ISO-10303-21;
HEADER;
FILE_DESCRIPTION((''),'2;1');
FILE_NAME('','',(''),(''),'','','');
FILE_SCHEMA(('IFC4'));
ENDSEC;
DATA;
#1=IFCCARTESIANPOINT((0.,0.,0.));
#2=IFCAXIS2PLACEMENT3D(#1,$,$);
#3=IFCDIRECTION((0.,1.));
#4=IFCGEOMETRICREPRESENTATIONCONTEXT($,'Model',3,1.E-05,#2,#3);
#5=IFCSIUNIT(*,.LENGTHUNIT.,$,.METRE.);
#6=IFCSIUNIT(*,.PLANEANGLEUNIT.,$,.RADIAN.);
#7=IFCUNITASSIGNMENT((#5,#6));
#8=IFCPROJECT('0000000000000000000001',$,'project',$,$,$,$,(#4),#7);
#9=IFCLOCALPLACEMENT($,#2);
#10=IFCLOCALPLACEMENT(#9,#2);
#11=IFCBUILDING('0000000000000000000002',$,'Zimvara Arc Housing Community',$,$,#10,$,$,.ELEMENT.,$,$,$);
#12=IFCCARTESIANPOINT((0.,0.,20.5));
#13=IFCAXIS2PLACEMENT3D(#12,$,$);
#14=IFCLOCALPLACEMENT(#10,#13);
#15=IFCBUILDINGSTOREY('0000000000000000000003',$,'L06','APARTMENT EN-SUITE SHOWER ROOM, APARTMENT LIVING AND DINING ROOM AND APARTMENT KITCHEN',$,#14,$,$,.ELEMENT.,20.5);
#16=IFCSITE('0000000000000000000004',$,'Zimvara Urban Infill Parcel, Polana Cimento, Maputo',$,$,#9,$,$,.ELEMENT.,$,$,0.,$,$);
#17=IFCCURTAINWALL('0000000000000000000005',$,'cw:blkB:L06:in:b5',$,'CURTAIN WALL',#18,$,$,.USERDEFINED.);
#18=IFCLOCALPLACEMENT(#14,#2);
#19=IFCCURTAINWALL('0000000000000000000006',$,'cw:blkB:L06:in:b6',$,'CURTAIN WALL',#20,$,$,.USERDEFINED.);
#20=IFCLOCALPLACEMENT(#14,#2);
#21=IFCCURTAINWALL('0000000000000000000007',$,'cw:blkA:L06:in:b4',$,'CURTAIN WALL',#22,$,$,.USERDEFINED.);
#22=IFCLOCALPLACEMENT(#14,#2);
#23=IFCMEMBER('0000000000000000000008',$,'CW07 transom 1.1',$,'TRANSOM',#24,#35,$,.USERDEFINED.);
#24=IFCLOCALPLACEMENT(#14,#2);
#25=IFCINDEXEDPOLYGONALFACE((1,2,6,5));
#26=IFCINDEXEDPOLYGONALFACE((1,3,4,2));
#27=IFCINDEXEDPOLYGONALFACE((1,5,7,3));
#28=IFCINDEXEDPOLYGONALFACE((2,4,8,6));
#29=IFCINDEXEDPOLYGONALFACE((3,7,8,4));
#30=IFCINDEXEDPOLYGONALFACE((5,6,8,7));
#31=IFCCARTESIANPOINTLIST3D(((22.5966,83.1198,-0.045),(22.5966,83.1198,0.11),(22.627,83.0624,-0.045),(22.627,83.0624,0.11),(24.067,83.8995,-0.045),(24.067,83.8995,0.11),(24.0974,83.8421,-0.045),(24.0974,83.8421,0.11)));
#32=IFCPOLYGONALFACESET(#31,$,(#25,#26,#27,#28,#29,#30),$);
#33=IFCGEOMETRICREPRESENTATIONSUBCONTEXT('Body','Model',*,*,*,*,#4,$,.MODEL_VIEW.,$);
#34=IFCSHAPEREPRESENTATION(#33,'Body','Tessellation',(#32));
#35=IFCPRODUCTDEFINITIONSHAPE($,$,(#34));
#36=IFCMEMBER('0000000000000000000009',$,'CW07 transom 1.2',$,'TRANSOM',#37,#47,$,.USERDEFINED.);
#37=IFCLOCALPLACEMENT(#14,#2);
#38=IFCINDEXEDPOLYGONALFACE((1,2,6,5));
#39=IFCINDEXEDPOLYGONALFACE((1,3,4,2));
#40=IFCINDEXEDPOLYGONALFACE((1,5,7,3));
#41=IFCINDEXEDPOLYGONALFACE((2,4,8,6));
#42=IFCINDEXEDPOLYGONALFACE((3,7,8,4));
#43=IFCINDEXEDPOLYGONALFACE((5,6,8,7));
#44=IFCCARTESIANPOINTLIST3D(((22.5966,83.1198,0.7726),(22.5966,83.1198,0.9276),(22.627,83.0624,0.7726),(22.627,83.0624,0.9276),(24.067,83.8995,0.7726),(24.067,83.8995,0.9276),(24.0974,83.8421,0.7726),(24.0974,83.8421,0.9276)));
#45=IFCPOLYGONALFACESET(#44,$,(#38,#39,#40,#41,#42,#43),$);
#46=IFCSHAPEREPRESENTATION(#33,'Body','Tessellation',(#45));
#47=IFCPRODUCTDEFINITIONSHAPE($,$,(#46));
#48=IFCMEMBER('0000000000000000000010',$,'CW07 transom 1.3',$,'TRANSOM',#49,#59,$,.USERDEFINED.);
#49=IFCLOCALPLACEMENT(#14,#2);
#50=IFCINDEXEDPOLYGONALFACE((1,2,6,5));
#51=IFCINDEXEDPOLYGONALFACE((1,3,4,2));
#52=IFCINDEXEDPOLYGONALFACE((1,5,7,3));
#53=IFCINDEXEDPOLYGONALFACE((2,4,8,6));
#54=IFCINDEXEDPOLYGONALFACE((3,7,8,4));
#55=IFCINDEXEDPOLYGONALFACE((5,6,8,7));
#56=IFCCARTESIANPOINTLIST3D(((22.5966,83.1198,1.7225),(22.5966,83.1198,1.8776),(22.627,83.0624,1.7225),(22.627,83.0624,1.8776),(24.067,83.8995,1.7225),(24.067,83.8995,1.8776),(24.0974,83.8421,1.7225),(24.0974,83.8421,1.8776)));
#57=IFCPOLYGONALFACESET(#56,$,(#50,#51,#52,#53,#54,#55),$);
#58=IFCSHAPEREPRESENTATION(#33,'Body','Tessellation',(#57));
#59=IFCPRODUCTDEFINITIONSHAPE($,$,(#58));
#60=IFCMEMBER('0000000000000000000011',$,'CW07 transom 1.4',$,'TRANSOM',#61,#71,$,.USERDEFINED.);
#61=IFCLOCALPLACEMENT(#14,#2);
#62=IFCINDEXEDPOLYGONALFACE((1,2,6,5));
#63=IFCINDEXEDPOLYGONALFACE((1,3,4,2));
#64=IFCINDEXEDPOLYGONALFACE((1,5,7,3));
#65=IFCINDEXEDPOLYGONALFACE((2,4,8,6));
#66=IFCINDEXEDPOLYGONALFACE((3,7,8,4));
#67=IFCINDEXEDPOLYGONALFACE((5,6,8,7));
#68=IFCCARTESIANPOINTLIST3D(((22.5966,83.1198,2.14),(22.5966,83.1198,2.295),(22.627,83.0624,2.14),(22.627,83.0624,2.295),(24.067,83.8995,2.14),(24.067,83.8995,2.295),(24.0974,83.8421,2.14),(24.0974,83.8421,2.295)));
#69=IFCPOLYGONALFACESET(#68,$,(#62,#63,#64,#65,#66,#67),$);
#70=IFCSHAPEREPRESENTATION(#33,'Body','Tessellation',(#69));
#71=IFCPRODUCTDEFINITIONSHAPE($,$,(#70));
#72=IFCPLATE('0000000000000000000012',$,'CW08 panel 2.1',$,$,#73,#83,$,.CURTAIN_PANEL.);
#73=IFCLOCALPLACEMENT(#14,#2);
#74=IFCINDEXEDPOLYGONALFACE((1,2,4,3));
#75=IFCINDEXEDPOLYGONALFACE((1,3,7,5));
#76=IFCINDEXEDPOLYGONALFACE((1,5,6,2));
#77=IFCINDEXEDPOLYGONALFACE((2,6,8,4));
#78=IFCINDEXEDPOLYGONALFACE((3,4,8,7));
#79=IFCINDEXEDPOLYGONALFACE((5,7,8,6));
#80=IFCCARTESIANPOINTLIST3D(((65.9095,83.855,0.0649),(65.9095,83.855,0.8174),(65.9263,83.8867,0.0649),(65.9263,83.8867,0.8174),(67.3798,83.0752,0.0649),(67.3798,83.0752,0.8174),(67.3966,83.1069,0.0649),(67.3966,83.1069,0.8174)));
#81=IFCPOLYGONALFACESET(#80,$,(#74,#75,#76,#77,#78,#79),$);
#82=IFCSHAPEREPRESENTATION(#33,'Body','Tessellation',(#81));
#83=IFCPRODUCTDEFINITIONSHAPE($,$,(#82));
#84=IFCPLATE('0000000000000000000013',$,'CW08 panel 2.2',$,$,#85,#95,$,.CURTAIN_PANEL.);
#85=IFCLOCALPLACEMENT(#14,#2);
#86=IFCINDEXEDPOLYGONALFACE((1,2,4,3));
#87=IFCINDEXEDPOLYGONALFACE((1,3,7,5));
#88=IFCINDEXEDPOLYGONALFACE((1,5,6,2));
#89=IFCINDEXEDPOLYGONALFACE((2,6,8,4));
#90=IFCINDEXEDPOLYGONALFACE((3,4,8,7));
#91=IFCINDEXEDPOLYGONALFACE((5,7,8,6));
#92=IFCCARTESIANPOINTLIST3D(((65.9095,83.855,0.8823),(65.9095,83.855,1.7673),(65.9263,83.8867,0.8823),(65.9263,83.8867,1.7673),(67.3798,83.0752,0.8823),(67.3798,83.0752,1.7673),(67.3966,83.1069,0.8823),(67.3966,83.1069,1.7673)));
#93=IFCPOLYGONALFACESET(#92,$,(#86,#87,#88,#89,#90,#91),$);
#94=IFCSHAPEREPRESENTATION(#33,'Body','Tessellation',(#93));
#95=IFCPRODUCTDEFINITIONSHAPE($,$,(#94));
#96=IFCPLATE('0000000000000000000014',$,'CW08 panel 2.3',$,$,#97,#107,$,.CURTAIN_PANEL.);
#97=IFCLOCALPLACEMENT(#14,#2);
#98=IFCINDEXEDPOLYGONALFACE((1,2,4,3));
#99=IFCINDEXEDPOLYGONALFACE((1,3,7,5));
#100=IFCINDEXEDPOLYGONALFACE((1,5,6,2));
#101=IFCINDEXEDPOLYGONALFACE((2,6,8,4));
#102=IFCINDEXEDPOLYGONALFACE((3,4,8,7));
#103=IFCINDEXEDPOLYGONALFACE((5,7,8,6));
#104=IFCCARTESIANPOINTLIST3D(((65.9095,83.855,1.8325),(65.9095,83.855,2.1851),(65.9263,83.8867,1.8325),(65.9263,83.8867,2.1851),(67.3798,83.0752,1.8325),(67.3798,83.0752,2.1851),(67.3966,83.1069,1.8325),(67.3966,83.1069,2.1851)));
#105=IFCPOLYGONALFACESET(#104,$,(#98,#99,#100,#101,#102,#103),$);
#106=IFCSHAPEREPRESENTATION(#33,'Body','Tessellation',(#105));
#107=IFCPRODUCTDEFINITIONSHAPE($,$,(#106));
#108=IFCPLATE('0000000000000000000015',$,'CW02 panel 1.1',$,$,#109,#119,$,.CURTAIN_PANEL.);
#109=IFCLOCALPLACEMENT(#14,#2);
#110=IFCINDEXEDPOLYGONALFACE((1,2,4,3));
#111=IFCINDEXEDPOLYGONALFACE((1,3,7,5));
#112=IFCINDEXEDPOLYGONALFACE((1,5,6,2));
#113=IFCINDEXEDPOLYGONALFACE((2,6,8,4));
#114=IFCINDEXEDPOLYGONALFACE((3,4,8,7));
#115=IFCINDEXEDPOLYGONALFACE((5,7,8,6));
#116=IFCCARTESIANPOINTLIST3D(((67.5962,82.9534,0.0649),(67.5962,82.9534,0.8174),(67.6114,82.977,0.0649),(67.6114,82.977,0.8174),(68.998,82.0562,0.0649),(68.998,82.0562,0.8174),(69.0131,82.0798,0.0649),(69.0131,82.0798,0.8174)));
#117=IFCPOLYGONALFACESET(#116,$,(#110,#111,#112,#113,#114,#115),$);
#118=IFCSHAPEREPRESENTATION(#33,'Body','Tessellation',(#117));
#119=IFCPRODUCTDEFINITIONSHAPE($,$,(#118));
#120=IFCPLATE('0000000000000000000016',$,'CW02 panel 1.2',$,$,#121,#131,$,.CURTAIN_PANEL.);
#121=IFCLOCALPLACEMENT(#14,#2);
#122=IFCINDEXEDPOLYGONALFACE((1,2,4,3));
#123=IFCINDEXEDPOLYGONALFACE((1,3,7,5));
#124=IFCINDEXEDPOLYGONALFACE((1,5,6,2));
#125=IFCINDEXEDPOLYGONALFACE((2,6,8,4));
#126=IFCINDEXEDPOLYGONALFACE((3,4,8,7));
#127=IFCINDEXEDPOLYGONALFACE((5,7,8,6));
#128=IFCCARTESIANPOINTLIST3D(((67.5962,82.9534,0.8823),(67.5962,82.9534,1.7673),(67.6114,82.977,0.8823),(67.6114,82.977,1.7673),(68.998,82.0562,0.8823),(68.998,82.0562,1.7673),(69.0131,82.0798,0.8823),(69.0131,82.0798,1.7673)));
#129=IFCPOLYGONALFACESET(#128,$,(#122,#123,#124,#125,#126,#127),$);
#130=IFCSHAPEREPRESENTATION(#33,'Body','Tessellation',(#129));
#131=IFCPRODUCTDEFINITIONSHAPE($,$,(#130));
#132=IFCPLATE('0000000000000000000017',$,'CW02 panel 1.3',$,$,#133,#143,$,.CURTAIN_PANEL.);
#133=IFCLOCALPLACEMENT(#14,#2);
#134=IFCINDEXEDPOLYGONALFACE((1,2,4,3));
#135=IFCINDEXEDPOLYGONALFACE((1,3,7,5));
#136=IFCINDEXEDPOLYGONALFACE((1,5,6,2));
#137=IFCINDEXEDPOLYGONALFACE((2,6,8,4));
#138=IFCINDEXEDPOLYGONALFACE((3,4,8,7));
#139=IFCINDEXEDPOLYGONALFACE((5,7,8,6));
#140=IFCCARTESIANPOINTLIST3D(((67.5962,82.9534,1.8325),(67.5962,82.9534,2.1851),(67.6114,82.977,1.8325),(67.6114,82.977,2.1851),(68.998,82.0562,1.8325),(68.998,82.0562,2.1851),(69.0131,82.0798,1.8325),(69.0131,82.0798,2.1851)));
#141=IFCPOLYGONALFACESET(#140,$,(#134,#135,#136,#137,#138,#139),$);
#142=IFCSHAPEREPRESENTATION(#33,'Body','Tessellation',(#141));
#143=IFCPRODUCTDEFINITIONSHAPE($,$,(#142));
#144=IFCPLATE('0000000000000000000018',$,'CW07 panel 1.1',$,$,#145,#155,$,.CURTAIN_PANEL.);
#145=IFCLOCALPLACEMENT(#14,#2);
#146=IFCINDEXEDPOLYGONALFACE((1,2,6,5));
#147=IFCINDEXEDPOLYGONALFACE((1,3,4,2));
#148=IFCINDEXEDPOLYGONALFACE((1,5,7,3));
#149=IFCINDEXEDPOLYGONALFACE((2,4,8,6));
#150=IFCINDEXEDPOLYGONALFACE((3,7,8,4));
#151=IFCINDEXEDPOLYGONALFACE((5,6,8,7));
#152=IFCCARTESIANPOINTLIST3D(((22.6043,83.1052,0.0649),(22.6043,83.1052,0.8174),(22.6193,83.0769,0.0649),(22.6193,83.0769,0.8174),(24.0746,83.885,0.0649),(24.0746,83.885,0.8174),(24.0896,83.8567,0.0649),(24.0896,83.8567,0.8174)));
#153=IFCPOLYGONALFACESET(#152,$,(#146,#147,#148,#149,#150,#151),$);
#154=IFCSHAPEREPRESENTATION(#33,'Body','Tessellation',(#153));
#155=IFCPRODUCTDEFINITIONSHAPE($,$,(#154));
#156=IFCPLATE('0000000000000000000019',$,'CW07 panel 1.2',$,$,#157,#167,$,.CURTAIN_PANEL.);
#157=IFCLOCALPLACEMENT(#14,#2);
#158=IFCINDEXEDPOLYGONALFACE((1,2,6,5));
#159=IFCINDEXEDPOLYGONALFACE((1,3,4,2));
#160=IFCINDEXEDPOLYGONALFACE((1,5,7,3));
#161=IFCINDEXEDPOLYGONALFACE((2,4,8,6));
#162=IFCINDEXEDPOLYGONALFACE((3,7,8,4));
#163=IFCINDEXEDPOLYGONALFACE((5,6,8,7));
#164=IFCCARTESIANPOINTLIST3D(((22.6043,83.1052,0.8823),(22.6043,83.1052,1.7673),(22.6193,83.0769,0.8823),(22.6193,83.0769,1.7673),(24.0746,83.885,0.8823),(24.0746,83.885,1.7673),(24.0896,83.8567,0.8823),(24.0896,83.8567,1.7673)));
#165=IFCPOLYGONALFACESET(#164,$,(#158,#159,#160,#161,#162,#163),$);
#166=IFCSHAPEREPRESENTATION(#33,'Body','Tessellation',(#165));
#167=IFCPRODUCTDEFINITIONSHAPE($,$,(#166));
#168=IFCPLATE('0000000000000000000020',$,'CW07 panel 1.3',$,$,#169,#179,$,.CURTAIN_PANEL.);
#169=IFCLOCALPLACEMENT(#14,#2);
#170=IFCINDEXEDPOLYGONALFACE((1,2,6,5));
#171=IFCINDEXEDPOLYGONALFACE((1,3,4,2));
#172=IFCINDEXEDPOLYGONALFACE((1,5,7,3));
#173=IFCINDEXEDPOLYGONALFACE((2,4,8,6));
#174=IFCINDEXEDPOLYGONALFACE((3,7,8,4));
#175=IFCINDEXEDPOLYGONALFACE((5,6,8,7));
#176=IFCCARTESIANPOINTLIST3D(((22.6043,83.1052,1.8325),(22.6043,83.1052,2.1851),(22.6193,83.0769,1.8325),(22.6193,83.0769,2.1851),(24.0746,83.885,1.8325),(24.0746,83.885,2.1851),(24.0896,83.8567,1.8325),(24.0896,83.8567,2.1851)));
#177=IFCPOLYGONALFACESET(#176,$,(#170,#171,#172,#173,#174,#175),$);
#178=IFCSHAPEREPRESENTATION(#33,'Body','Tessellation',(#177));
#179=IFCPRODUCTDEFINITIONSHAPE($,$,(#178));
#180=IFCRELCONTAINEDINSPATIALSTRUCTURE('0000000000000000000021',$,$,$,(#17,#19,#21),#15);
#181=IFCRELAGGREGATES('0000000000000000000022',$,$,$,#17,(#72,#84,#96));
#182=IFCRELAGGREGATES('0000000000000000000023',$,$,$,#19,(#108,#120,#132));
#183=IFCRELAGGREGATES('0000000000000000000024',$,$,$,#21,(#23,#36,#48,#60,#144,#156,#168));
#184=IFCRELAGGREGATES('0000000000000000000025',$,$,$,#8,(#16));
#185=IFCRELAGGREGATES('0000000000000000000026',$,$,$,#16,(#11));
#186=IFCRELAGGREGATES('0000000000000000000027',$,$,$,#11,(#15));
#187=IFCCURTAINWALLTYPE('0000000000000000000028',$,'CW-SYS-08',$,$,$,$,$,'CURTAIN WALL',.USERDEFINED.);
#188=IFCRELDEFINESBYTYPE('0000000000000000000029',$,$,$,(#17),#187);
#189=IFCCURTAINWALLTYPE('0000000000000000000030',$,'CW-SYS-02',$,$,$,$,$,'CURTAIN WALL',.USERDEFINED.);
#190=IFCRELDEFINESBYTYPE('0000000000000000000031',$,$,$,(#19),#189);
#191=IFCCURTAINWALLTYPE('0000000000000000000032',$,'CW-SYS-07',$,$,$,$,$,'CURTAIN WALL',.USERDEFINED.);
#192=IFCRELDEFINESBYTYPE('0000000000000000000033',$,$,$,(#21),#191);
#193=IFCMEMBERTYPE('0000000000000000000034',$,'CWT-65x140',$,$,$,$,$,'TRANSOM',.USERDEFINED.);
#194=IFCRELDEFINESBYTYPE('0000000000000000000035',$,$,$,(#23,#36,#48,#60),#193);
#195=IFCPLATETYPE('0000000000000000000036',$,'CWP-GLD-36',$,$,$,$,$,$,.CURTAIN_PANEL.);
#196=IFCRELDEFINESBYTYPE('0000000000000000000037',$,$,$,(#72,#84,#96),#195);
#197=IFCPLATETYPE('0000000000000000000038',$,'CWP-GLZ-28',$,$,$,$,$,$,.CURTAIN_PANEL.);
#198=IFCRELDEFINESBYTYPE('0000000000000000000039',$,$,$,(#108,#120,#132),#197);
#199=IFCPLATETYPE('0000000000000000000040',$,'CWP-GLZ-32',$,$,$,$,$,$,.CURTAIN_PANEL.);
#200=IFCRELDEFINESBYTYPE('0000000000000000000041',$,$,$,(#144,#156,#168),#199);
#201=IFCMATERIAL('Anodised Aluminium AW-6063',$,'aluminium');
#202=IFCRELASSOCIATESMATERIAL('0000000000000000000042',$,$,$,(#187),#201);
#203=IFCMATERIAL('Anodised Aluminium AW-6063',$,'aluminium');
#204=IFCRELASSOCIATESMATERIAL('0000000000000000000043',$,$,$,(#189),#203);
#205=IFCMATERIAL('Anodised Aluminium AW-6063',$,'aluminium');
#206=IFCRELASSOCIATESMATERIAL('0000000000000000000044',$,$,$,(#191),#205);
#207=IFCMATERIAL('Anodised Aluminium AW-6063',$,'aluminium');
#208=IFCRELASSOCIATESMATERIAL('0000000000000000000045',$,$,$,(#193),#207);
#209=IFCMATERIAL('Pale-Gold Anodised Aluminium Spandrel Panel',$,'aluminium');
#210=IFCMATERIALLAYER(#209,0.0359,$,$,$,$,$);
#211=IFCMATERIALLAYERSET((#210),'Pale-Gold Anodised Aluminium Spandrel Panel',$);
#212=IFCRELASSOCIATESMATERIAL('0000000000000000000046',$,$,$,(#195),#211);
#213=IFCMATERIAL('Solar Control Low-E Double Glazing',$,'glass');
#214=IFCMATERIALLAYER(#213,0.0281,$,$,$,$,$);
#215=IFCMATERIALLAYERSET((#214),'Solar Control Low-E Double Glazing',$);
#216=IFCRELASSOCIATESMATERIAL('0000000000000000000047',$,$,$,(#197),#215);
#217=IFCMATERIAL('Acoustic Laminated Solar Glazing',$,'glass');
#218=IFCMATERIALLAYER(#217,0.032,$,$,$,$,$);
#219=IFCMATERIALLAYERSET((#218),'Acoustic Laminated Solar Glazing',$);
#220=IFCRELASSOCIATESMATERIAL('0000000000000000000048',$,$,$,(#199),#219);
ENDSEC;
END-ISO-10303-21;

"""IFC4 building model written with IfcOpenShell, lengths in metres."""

from ifc_helpers import new_model, si_unit, direction, frame, origin, origin_2d, place, context, subcontext, project, spatial, rectangle, extrude, material, layer, layer_set, material_profile, profile_set, type_object, element, aggregate, save


model = new_model("IFC4")

# Units and contexts
model_context = context("Model", 3, precision=1e-05, world=origin(), true_north=direction((0.0, 1.0)))
body_context = subcontext(model_context, "Body", "Model", "MODEL_VIEW")
ifc_project = project(units=[si_unit("LENGTHUNIT", "METRE"), si_unit("PLANEANGLEUNIT", "RADIAN")], contexts=[model_context])

# Site, building, storey
site_placement = place(None, origin())
site = spatial("IfcSite", under=ifc_project, at=site_placement, Name="Zimvara Urban Infill Parcel, Polana Cimento, Maputo", CompositionType="ELEMENT", RefElevation=0.0)
building_placement = place(site_placement, origin())
building = spatial("IfcBuilding", under=site, at=building_placement, Name="Zimvara Arc Housing Community", CompositionType="ELEMENT")
storey_placement = place(building_placement, frame((0.0, 0.0, 20.5)))
storey = spatial("IfcBuildingStorey", under=building, at=storey_placement, Name="L06", Description="APARTMENT EN-SUITE SHOWER ROOM, APARTMENT LIVING AND DINING ROOM AND APARTMENT KITCHEN", CompositionType="ELEMENT", Elevation=20.5)

# Curtain wall
ifc_material_1 = material(Name="Anodised Aluminium AW-6063", Category="aluminium")
curtain_wall_type_1 = type_object("IfcCurtainWallType", Name="CW-SYS-08", ElementType="CURTAIN WALL", PredefinedType="USERDEFINED", material=ifc_material_1)
curtain_wall_1_placement = place(storey_placement, origin())
curtain_wall_1 = element("IfcCurtainWall", 1, at=curtain_wall_1_placement, inside=storey, type_object=curtain_wall_type_1, Name="cw:blkB:L06:in:b5", ObjectType="CURTAIN WALL", PredefinedType="USERDEFINED")

# Curtain wall
ifc_material_2 = material(Name="Anodised Aluminium AW-6063", Category="aluminium")
curtain_wall_type_2 = type_object("IfcCurtainWallType", Name="CW-SYS-02", ElementType="CURTAIN WALL", PredefinedType="USERDEFINED", material=ifc_material_2)
curtain_wall_2_placement = place(storey_placement, origin())
curtain_wall_2 = element("IfcCurtainWall", 2, at=curtain_wall_2_placement, inside=storey, type_object=curtain_wall_type_2, Name="cw:blkB:L06:in:b6", ObjectType="CURTAIN WALL", PredefinedType="USERDEFINED")

# Curtain wall
ifc_material_3 = material(Name="Anodised Aluminium AW-6063", Category="aluminium")
curtain_wall_type_3 = type_object("IfcCurtainWallType", Name="CW-SYS-07", ElementType="CURTAIN WALL", PredefinedType="USERDEFINED", material=ifc_material_3)
curtain_wall_3_placement = place(storey_placement, origin())
curtain_wall_3 = element("IfcCurtainWall", 3, at=curtain_wall_3_placement, inside=storey, type_object=curtain_wall_type_3, Name="cw:blkA:L06:in:b4", ObjectType="CURTAIN WALL", PredefinedType="USERDEFINED")

# Members
ifc_material_4 = material(Name="Anodised Aluminium AW-6063", Category="aluminium")
ifc_material_profile_1 = material_profile(ifc_material_4, rectangle(XDim=0.0649, YDim=0.155, at=origin_2d()), Name="ALU 65x155")
ifc_profile_set_1 = profile_set([ifc_material_profile_1], Name="Anodised Aluminium AW-6063")
member_type_1 = type_object("IfcMemberType", Name="CWT-65x140", ElementType="TRANSOM", PredefinedType="USERDEFINED", material=ifc_profile_set_1)
member_1_placement = place(storey_placement, frame((22.6118, 83.0911, 0.0325), z_axis=(0.883463, 0.468501, 0.0), x_axis=(-0.468501, 0.883463, 0.0)))
member_1 = element("IfcMember", 4, at=member_1_placement, type_object=member_type_1, Name="CW07 transom 1.1", ObjectType="TRANSOM", PredefinedType="USERDEFINED", context=body_context, shape_type="SweptSolid", body=[
    extrude(rectangle(XDim=0.0649, YDim=0.155, at=origin_2d()), origin(), (0.0, 0.0, 1.0), 1.6643),
])
member_2_placement = place(storey_placement, frame((22.6118, 83.0911, 0.8501), z_axis=(0.883463, 0.468501, 0.0), x_axis=(-0.468501, 0.883463, 0.0)))
member_2 = element("IfcMember", 5, at=member_2_placement, type_object=member_type_1, Name="CW07 transom 1.2", ObjectType="TRANSOM", PredefinedType="USERDEFINED", context=body_context, shape_type="SweptSolid", body=[
    extrude(rectangle(XDim=0.0649, YDim=0.155, at=origin_2d()), origin(), (0.0, 0.0, 1.0), 1.6643),
])
member_3_placement = place(storey_placement, frame((22.6118, 83.0911, 1.8), z_axis=(0.883463, 0.468501, 0.0), x_axis=(-0.468501, 0.883463, 0.0)))
member_3 = element("IfcMember", 6, at=member_3_placement, type_object=member_type_1, Name="CW07 transom 1.3", ObjectType="TRANSOM", PredefinedType="USERDEFINED", context=body_context, shape_type="SweptSolid", body=[
    extrude(rectangle(XDim=0.0649, YDim=0.155, at=origin_2d()), origin(), (0.0, 0.0, 1.0), 1.6643),
])
member_4_placement = place(storey_placement, frame((22.6118, 83.0911, 2.2175), z_axis=(0.883463, 0.468501, 0.0), x_axis=(-0.468501, 0.883463, 0.0)))
member_4 = element("IfcMember", 7, at=member_4_placement, type_object=member_type_1, Name="CW07 transom 1.4", ObjectType="TRANSOM", PredefinedType="USERDEFINED", context=body_context, shape_type="SweptSolid", body=[
    extrude(rectangle(XDim=0.0649, YDim=0.155, at=origin_2d()), origin(), (0.0, 0.0, 1.0), 1.6643),
])

# Plates
ifc_material_5 = material(Name="Pale-Gold Anodised Aluminium Spandrel Panel", Category="aluminium")
ifc_layer_1 = layer(ifc_material_5, 0.0359)
ifc_layer_set_1 = layer_set([ifc_layer_1], Name="Pale-Gold Anodised Aluminium Spandrel Panel")
plate_type_1 = type_object("IfcPlateType", Name="CWP-GLD-36", PredefinedType="CURTAIN_PANEL", material=ifc_layer_set_1)
plate_1_placement = place(storey_placement, frame((66.6531, 83.481, 0.0649), z_axis=(0.0, 0.0, 1.0), x_axis=(0.88344, -0.468545, 0.0)))
plate_1 = element("IfcPlate", 8, at=plate_1_placement, type_object=plate_type_1, Name="CW08 panel 2.1", PredefinedType="CURTAIN_PANEL", context=body_context, shape_type="SweptSolid", body=[
    extrude(rectangle(XDim=1.6643, YDim=0.0359, at=origin_2d()), origin(), (0.0, 0.0, 1.0), 0.7524),
])
plate_2_placement = place(storey_placement, frame((66.6531, 83.481, 0.8823), z_axis=(0.0, 0.0, 1.0), x_axis=(0.88344, -0.468545, 0.0)))
plate_2 = element("IfcPlate", 9, at=plate_2_placement, type_object=plate_type_1, Name="CW08 panel 2.2", PredefinedType="CURTAIN_PANEL", context=body_context, shape_type="SweptSolid", body=[
    extrude(rectangle(XDim=1.6643, YDim=0.0359, at=origin_2d()), origin(), (0.0, 0.0, 1.0), 0.885),
])
plate_3_placement = place(storey_placement, frame((66.6531, 83.481, 1.8325), z_axis=(0.0, 0.0, 1.0), x_axis=(0.88344, -0.468545, 0.0)))
plate_3 = element("IfcPlate", 10, at=plate_3_placement, type_object=plate_type_1, Name="CW08 panel 2.3", PredefinedType="CURTAIN_PANEL", context=body_context, shape_type="SweptSolid", body=[
    extrude(rectangle(XDim=1.6643, YDim=0.0359, at=origin_2d()), origin(), (0.0, 0.0, 1.0), 0.3525),
])
aggregate(curtain_wall_1, [plate_1, plate_2, plate_3])
ifc_material_6 = material(Name="Solar Control Low-E Double Glazing", Category="glass")
ifc_layer_2 = layer(ifc_material_6, 0.0281)
ifc_layer_set_2 = layer_set([ifc_layer_2], Name="Solar Control Low-E Double Glazing")
plate_type_2 = type_object("IfcPlateType", Name="CWP-GLZ-28", PredefinedType="CURTAIN_PANEL", material=ifc_layer_set_2)
plate_4_placement = place(storey_placement, frame((68.3047, 82.5166, 0.0649), z_axis=(0.0, 0.0, 1.0), x_axis=(0.842265, -0.539064, 0.0)))
plate_4 = element("IfcPlate", 11, at=plate_4_placement, type_object=plate_type_2, Name="CW02 panel 1.1", PredefinedType="CURTAIN_PANEL", context=body_context, shape_type="SweptSolid", body=[
    extrude(rectangle(XDim=1.6643, YDim=0.0281, at=origin_2d()), origin(), (0.0, 0.0, 1.0), 0.7524),
])
plate_5_placement = place(storey_placement, frame((68.3047, 82.5166, 0.8823), z_axis=(0.0, 0.0, 1.0), x_axis=(0.842265, -0.539064, 0.0)))
plate_5 = element("IfcPlate", 12, at=plate_5_placement, type_object=plate_type_2, Name="CW02 panel 1.2", PredefinedType="CURTAIN_PANEL", context=body_context, shape_type="SweptSolid", body=[
    extrude(rectangle(XDim=1.6643, YDim=0.0281, at=origin_2d()), origin(), (0.0, 0.0, 1.0), 0.885),
])
plate_6_placement = place(storey_placement, frame((68.3047, 82.5166, 1.8325), z_axis=(0.0, 0.0, 1.0), x_axis=(0.842265, -0.539064, 0.0)))
plate_6 = element("IfcPlate", 13, at=plate_6_placement, type_object=plate_type_2, Name="CW02 panel 1.3", PredefinedType="CURTAIN_PANEL", context=body_context, shape_type="SweptSolid", body=[
    extrude(rectangle(XDim=1.6643, YDim=0.0281, at=origin_2d()), origin(), (0.0, 0.0, 1.0), 0.3525),
])
aggregate(curtain_wall_2, [plate_4, plate_5, plate_6])
ifc_material_7 = material(Name="Acoustic Laminated Solar Glazing", Category="glass")
ifc_layer_3 = layer(ifc_material_7, 0.032)
ifc_layer_set_3 = layer_set([ifc_layer_3], Name="Acoustic Laminated Solar Glazing")
plate_type_3 = type_object("IfcPlateType", Name="CWP-GLZ-32", PredefinedType="CURTAIN_PANEL", material=ifc_layer_set_3)
plate_7_placement = place(storey_placement, frame((23.3469, 83.481, 0.0649), z_axis=(0.0, 0.0, 1.0), x_axis=(0.88344, 0.468545, 0.0)))
plate_7 = element("IfcPlate", 14, at=plate_7_placement, type_object=plate_type_3, Name="CW07 panel 1.1", PredefinedType="CURTAIN_PANEL", context=body_context, shape_type="SweptSolid", body=[
    extrude(rectangle(XDim=1.6643, YDim=0.032, at=origin_2d()), origin(), (0.0, 0.0, 1.0), 0.7524),
])
plate_8_placement = place(storey_placement, frame((23.3469, 83.481, 0.8823), z_axis=(0.0, 0.0, 1.0), x_axis=(0.88344, 0.468545, 0.0)))
plate_8 = element("IfcPlate", 15, at=plate_8_placement, type_object=plate_type_3, Name="CW07 panel 1.2", PredefinedType="CURTAIN_PANEL", context=body_context, shape_type="SweptSolid", body=[
    extrude(rectangle(XDim=1.6643, YDim=0.032, at=origin_2d()), origin(), (0.0, 0.0, 1.0), 0.885),
])
plate_9_placement = place(storey_placement, frame((23.3469, 83.481, 1.8325), z_axis=(0.0, 0.0, 1.0), x_axis=(0.88344, 0.468545, 0.0)))
plate_9 = element("IfcPlate", 16, at=plate_9_placement, type_object=plate_type_3, Name="CW07 panel 1.3", PredefinedType="CURTAIN_PANEL", context=body_context, shape_type="SweptSolid", body=[
    extrude(rectangle(XDim=1.6643, YDim=0.032, at=origin_2d()), origin(), (0.0, 0.0, 1.0), 0.3525),
])
aggregate(curtain_wall_3, [member_1, member_2, member_3, member_4, plate_7, plate_8, plate_9])

save(model, "model.ifc")
